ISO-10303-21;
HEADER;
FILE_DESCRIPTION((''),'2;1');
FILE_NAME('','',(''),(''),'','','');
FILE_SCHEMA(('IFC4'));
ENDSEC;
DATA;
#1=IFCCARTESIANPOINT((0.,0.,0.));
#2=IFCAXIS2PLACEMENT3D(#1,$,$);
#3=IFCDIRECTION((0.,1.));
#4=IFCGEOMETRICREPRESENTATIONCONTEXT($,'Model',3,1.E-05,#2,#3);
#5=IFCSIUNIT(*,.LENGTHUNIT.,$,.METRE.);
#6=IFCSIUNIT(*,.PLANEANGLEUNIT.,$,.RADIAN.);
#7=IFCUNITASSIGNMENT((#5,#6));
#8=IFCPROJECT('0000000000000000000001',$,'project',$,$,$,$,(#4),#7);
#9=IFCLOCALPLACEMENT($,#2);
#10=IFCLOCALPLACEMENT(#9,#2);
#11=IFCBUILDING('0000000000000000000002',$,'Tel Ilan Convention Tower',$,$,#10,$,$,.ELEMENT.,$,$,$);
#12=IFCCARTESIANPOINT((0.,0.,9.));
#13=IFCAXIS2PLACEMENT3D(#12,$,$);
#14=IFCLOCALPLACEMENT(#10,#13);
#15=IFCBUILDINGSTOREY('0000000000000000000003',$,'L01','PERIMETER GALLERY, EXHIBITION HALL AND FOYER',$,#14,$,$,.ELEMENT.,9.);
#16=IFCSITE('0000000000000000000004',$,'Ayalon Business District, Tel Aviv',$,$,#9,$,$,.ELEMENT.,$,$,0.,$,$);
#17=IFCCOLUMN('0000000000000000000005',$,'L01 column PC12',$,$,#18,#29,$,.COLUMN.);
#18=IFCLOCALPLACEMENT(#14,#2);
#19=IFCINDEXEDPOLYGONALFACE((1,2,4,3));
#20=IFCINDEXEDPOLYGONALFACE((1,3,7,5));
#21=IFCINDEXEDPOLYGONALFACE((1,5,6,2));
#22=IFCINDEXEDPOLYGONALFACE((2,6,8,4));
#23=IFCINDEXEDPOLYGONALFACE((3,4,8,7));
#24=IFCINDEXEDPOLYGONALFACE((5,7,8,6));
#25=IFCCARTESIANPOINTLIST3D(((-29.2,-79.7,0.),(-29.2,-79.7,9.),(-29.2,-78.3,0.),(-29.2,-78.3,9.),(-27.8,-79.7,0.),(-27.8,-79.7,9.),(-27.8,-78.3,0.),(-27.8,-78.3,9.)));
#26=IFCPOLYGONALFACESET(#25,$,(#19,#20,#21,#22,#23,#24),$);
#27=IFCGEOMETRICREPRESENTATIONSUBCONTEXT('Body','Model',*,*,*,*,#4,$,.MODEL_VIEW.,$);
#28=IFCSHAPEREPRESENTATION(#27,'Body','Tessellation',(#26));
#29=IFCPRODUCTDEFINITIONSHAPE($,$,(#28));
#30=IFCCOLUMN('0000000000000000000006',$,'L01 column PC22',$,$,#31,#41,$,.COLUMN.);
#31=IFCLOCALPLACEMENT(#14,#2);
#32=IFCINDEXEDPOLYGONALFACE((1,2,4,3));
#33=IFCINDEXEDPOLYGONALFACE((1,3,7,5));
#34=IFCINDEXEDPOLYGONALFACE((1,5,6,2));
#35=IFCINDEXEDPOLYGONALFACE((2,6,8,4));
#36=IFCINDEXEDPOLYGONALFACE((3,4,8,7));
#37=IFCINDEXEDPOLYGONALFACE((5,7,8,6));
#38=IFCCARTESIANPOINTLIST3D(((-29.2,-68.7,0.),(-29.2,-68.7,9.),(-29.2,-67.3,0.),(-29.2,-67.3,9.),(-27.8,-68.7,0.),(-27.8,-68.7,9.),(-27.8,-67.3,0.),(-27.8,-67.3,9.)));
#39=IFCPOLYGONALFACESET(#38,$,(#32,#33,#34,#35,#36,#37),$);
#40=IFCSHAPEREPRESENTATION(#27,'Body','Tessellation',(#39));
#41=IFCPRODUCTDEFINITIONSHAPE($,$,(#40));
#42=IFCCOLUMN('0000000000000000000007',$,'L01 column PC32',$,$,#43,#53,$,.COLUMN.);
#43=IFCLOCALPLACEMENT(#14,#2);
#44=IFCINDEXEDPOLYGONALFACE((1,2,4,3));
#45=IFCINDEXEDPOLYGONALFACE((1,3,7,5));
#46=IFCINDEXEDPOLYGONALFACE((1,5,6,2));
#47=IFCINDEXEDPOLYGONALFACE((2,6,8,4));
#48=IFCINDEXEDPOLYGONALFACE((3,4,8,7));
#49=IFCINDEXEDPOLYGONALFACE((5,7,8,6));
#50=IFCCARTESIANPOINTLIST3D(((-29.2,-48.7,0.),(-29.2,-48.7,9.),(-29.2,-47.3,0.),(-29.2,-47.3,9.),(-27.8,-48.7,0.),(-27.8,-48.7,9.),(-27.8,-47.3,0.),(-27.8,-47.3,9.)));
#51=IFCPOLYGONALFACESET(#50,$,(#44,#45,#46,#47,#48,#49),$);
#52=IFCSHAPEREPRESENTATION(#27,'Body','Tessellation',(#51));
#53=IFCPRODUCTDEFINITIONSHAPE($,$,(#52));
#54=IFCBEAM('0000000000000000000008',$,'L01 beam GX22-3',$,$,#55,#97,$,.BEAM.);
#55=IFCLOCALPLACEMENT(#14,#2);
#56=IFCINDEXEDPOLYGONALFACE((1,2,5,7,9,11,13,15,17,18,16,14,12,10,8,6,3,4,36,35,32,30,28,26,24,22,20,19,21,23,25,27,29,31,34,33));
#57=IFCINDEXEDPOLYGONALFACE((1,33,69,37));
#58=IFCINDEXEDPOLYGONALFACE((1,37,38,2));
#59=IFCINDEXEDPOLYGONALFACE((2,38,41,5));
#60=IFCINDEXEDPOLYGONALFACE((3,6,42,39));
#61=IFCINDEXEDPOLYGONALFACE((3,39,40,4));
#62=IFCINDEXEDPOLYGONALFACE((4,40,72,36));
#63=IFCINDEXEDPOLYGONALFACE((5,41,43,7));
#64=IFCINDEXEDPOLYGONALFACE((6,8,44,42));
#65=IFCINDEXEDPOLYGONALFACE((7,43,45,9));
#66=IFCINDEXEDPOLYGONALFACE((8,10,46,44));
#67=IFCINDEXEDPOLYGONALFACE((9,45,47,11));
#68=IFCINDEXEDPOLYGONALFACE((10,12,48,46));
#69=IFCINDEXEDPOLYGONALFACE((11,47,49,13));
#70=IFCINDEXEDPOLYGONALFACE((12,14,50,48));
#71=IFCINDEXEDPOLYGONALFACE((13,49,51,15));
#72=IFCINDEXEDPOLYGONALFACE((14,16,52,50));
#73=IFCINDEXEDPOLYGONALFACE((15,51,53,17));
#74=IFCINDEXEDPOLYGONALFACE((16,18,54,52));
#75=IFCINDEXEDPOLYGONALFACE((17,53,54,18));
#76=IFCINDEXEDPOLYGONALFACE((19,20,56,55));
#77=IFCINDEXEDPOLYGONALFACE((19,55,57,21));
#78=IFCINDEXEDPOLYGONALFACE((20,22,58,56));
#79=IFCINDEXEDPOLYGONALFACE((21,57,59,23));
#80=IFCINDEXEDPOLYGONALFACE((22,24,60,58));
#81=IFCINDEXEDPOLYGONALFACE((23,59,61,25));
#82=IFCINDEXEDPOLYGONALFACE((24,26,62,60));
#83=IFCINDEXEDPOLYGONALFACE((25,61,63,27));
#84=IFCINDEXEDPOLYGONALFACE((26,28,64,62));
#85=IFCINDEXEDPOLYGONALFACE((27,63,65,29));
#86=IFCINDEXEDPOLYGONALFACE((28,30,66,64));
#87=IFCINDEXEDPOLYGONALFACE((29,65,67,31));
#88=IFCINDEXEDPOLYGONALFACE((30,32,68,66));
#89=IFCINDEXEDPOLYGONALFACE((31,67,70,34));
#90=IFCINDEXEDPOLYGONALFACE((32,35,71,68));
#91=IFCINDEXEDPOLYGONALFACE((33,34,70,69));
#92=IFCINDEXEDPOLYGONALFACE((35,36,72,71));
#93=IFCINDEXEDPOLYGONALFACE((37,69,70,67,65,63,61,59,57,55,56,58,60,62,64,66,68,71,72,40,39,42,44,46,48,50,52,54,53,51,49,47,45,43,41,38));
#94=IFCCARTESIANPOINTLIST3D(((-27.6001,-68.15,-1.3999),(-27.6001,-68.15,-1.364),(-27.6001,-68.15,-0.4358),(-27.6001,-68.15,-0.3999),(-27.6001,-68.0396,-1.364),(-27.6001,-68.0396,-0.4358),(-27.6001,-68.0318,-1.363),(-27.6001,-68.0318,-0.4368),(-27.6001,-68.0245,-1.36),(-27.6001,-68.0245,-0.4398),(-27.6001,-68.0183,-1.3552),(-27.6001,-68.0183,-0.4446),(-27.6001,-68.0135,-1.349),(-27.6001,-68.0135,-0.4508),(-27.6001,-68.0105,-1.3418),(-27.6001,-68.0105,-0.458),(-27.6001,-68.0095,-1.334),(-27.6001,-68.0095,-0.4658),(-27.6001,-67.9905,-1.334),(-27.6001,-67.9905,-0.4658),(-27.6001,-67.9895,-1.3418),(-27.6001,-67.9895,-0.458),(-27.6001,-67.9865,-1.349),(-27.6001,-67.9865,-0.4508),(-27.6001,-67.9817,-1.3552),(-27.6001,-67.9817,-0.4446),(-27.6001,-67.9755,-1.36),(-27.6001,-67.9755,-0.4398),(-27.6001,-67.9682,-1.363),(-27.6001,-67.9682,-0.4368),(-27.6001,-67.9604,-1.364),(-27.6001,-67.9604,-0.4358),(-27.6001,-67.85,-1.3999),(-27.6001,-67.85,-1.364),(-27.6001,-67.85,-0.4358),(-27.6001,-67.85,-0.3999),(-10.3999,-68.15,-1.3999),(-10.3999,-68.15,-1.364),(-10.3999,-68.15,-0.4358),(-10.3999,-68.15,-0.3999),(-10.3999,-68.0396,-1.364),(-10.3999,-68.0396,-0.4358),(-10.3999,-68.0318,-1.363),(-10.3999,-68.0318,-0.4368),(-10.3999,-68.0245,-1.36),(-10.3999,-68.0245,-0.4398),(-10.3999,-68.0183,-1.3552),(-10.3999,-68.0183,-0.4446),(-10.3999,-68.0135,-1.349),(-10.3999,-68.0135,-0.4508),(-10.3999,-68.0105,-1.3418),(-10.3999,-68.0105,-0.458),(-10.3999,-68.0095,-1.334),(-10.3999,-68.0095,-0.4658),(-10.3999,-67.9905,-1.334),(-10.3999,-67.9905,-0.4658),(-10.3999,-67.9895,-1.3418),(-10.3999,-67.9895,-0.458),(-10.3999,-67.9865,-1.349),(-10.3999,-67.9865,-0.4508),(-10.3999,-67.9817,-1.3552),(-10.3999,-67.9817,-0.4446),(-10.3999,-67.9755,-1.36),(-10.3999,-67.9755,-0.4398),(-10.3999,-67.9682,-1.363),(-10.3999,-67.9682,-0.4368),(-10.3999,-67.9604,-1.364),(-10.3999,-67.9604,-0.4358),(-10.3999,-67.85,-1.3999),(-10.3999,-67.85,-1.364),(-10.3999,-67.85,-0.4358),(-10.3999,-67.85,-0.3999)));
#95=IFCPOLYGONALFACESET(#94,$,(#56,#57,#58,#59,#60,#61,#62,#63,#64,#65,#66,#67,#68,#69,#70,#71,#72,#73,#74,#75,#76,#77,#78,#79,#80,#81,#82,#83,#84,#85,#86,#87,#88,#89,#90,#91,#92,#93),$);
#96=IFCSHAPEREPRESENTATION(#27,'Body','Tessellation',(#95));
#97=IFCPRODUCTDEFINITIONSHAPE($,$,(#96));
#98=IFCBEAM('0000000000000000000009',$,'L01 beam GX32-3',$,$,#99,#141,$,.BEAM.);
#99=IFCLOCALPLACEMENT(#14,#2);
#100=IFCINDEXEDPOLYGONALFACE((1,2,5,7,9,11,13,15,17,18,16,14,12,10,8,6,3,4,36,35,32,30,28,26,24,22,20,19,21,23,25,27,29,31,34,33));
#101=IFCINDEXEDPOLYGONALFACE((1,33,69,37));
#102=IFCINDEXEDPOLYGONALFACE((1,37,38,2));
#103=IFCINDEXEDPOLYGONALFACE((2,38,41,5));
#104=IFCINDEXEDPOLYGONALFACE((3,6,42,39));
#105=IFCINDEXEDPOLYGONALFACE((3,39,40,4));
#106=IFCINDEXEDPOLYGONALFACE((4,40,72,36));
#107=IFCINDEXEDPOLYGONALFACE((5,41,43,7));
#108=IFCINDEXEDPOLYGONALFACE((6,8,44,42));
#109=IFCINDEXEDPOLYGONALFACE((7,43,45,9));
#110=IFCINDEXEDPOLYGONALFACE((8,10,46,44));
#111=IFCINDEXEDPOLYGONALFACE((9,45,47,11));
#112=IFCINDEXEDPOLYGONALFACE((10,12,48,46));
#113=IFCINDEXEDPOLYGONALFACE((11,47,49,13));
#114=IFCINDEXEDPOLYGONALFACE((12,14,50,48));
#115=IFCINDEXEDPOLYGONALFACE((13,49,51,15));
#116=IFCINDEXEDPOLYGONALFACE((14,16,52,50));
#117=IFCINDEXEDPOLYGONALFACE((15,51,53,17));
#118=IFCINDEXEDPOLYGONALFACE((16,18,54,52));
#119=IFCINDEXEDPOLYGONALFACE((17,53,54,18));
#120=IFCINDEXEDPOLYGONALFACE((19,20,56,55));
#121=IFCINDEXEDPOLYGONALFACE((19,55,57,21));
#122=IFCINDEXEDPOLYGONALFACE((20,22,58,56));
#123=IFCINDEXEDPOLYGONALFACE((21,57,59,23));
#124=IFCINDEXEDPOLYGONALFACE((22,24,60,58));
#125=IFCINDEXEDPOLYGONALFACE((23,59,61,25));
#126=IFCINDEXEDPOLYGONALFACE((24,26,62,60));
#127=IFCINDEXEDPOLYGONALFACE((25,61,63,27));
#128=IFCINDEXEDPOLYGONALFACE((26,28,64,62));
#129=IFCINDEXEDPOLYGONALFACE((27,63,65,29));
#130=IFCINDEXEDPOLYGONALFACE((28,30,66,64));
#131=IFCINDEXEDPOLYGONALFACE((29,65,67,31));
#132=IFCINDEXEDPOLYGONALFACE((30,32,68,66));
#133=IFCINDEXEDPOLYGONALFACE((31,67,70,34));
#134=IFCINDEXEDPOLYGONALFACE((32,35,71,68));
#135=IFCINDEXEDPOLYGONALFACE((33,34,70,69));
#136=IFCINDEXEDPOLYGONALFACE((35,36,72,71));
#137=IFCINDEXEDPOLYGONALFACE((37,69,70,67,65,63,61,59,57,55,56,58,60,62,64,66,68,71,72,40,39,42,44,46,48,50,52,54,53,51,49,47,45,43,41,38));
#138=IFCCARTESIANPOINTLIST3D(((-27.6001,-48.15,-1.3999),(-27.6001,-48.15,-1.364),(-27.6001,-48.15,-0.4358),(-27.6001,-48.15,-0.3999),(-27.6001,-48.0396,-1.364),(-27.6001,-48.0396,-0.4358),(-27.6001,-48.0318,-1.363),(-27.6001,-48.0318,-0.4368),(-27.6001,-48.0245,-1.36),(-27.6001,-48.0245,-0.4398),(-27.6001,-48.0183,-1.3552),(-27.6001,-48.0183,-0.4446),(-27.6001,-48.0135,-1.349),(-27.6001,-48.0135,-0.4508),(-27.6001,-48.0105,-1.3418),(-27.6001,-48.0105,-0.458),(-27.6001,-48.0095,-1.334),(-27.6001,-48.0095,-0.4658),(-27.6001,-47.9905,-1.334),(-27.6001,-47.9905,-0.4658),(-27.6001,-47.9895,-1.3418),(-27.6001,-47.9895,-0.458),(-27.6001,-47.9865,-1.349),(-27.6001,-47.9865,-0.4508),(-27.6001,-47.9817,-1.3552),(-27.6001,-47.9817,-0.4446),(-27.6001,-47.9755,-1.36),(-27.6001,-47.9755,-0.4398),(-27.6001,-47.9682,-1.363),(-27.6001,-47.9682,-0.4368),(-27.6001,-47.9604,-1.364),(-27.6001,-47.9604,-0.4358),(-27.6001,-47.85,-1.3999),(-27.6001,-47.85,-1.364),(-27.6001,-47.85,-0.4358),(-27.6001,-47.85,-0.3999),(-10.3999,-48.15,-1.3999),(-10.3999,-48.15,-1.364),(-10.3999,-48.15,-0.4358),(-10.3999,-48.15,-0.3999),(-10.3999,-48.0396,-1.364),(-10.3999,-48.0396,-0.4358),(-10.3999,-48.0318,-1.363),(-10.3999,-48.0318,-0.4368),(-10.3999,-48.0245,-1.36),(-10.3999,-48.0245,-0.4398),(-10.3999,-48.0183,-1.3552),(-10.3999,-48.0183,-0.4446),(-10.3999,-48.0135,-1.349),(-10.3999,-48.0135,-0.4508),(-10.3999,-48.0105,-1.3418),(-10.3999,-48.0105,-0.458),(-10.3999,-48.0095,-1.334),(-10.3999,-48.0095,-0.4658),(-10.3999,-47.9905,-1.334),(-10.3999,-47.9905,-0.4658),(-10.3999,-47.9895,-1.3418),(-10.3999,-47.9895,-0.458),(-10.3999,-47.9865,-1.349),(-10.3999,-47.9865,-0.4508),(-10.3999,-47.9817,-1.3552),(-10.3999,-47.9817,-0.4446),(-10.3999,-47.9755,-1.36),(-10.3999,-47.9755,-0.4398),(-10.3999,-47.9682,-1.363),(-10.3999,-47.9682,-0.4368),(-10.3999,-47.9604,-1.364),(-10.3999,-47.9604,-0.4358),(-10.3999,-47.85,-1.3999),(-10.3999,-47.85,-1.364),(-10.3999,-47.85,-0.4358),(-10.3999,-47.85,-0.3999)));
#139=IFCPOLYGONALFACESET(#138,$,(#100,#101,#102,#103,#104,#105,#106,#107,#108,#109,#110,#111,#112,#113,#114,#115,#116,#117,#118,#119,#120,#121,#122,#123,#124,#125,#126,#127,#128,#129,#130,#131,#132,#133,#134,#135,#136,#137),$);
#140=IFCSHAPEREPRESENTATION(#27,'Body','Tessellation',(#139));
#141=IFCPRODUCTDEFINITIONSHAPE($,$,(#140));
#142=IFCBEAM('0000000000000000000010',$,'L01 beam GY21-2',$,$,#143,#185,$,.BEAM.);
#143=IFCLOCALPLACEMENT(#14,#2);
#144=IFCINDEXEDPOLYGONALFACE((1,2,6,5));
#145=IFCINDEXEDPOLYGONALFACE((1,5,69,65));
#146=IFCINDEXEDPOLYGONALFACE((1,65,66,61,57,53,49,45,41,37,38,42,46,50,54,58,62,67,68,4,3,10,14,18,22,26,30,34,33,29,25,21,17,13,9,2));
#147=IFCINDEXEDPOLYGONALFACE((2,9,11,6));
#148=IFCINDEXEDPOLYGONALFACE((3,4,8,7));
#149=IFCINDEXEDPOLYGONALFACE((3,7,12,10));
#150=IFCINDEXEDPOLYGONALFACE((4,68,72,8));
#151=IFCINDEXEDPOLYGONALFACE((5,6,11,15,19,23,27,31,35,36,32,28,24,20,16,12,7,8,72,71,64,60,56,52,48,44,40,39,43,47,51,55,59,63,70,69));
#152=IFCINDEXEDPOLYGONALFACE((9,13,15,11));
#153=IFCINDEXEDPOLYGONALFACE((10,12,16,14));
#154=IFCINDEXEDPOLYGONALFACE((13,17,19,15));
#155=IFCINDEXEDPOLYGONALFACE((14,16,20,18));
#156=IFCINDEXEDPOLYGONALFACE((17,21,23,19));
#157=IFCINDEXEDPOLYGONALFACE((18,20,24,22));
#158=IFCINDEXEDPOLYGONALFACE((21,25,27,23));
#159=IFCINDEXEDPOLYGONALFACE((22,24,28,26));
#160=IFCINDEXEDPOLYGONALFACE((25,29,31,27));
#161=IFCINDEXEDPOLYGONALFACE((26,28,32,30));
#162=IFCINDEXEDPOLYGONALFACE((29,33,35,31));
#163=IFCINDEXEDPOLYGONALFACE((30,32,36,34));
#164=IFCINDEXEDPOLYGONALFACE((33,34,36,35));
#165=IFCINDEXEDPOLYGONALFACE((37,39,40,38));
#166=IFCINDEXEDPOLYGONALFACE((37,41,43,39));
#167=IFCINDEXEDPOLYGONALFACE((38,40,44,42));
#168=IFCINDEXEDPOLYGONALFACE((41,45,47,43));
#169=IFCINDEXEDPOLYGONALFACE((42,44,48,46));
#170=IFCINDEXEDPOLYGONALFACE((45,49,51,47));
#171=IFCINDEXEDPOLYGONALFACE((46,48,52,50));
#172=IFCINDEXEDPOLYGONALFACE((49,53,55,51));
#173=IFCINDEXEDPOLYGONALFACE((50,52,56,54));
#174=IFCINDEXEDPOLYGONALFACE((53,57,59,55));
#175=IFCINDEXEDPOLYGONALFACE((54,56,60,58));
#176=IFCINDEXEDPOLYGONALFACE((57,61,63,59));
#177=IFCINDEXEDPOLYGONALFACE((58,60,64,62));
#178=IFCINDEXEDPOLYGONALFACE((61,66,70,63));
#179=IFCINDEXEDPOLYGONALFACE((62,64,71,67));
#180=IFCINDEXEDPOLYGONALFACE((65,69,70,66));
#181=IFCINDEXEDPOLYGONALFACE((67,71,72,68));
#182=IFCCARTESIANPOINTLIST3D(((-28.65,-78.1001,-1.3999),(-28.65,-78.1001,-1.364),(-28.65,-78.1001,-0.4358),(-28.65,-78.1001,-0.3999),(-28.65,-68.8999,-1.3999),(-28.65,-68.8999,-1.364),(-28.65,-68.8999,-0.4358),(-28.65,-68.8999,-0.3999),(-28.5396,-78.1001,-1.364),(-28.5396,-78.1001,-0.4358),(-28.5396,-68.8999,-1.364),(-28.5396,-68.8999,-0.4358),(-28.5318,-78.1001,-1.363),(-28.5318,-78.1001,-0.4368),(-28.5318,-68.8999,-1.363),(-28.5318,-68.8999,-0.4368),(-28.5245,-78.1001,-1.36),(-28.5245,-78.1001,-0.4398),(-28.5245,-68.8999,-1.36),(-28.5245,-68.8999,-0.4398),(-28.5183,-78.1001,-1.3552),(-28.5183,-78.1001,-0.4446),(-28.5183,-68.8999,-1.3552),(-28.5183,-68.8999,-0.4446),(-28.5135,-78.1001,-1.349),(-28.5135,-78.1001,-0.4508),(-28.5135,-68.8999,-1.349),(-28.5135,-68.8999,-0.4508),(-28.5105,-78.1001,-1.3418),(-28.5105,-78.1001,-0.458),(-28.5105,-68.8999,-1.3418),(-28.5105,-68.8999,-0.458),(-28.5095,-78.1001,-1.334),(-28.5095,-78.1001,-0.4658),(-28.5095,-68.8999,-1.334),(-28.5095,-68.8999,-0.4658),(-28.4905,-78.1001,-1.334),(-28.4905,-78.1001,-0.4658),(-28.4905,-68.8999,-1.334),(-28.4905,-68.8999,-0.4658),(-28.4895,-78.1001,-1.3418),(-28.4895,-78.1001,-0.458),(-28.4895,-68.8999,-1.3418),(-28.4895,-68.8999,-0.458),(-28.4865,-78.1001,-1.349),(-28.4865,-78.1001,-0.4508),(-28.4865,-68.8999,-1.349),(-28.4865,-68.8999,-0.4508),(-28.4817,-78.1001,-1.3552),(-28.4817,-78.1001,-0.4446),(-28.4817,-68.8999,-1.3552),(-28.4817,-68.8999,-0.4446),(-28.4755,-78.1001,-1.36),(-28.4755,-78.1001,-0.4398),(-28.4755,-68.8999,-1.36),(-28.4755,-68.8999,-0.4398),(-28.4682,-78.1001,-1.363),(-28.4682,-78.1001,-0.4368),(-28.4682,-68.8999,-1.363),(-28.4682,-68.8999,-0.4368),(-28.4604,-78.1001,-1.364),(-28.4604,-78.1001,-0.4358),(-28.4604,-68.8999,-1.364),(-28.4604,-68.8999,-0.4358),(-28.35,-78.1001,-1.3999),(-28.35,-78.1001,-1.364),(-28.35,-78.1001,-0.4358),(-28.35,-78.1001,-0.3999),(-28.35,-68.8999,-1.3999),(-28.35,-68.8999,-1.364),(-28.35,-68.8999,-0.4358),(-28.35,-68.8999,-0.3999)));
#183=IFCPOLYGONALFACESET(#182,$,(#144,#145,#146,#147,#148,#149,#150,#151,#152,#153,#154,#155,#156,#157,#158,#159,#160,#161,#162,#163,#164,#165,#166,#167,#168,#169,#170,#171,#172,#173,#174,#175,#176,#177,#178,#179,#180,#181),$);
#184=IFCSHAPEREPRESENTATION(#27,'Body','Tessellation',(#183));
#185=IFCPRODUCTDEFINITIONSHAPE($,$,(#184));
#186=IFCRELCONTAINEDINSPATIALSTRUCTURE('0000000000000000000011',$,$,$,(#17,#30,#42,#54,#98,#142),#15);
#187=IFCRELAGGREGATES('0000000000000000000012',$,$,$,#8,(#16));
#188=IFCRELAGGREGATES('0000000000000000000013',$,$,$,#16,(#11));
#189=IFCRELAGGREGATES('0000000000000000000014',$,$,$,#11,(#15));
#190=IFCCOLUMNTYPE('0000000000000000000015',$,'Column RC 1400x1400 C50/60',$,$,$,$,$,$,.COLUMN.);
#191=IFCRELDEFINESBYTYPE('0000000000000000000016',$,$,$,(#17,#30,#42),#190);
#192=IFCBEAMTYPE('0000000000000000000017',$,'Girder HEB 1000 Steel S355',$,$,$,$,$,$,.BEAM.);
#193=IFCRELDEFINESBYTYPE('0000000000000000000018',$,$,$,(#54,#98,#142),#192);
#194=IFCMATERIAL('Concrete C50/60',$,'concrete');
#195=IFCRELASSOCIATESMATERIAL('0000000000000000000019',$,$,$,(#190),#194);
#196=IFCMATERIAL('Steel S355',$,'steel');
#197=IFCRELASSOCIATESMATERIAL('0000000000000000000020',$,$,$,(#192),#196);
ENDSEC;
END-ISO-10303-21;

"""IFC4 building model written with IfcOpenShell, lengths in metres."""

from ifc_helpers import new_model, si_unit, direction, frame, origin, origin_2d, place, context, subcontext, project, spatial, rectangle, i_section, extrude, material, material_profile, profile_set, type_object, element, save


model = new_model("IFC4")

# Units and contexts
model_context = context("Model", 3, precision=1e-05, world=origin(), true_north=direction((0.0, 1.0)))
body_context = subcontext(model_context, "Body", "Model", "MODEL_VIEW")
ifc_project = project(units=[si_unit("LENGTHUNIT", "METRE"), si_unit("PLANEANGLEUNIT", "RADIAN")], contexts=[model_context])

# Site, building, storey
site_placement = place(None, origin())
site = spatial("IfcSite", under=ifc_project, at=site_placement, Name="Ayalon Business District, Tel Aviv", CompositionType="ELEMENT", RefElevation=0.0)
building_placement = place(site_placement, origin())
building = spatial("IfcBuilding", under=site, at=building_placement, Name="Tel Ilan Convention Tower", CompositionType="ELEMENT")
storey_placement = place(building_placement, frame((0.0, 0.0, 9.0)))
storey = spatial("IfcBuildingStorey", under=building, at=storey_placement, Name="L01", Description="PERIMETER GALLERY, EXHIBITION HALL AND FOYER", CompositionType="ELEMENT", Elevation=9.0)

# Columns
ifc_material_1 = material(Name="Concrete C50/60", Category="concrete")
ifc_material_profile_1 = material_profile(ifc_material_1, rectangle(XDim=1.3999, YDim=1.3999, at=origin_2d()), Name="RC 1400x1400")
ifc_profile_set_1 = profile_set([ifc_material_profile_1], Name="Concrete C50/60")
column_type = type_object("IfcColumnType", Name="Column RC 1400x1400 C50/60", PredefinedType="COLUMN", material=ifc_profile_set_1)
for number, where, z_axis, x_axis, name in (
    (1, (-28.5, -79.0, 0.0), (0.0, 0.0, 1.0), (1.0, 0.0, 0.0), "L01 column PC12"),
    (2, (-28.5, -68.0, 0.0), (0.0, 0.0, 1.0), (1.0, 0.0, 0.0), "L01 column PC22"),
    (3, (-28.5, -48.0, 0.0), (0.0, 0.0, 1.0), (1.0, 0.0, 0.0), "L01 column PC32"),
):
    element("IfcColumn", number, at=place(storey_placement, frame(where, z_axis=z_axis, x_axis=x_axis)), inside=storey, type_object=column_type, Name=name, PredefinedType="COLUMN", context=body_context, shape_type="SweptSolid", body=[
        extrude(rectangle(XDim=1.3999, YDim=1.3999, at=origin_2d()), origin(), (0.0, 0.0, 1.0), 9.0),
    ])

# Beams
ifc_material_2 = material(Name="Steel S355", Category="steel")
ifc_material_profile_2 = material_profile(ifc_material_2, i_section(OverallWidth=0.3, OverallDepth=1.0, WebThickness=0.019, FlangeThickness=0.0359, FilletRadius=0.03, at=origin_2d()), Name="HEB 1000")
ifc_profile_set_2 = profile_set([ifc_material_profile_2], Name="Steel S355")
beam_type_1 = type_object("IfcBeamType", Name="Girder HEB 1000 Steel S355", PredefinedType="BEAM", material=ifc_profile_set_2)
for number, where, z_axis, x_axis, name in (
    (4, (-27.6001, -68.0, -0.8999), (1.0, 0.0, 0.0), (0.0, 1.0, 0.0), "L01 beam GX22-3"),
    (5, (-27.6001, -48.0, -0.8999), (1.0, 0.0, 0.0), (0.0, 1.0, 0.0), "L01 beam GX32-3"),
):
    element("IfcBeam", number, at=place(storey_placement, frame(where, z_axis=z_axis, x_axis=x_axis)), inside=storey, type_object=beam_type_1, Name=name, PredefinedType="BEAM", context=body_context, shape_type="SweptSolid", body=[
        extrude(i_section(OverallWidth=0.3, OverallDepth=1.0, WebThickness=0.019, FlangeThickness=0.0359, FilletRadius=0.03, at=origin_2d()), origin(), (0.0, 0.0, 1.0), 17.2002),
    ])
beam_1_placement = place(storey_placement, frame((-28.5, -78.1001, -0.8999), z_axis=(0.0, 1.0, 0.0), x_axis=(-1.0, 0.0, 0.0)))
element("IfcBeam", 6, at=beam_1_placement, inside=storey, type_object=beam_type_1, Name="L01 beam GY21-2", PredefinedType="BEAM", context=body_context, shape_type="SweptSolid", body=[
    extrude(i_section(OverallWidth=0.3, OverallDepth=1.0, WebThickness=0.019, FlangeThickness=0.0359, FilletRadius=0.03, at=origin_2d()), origin(), (0.0, 0.0, 1.0), 9.2002),
])

save(model, "model.ifc")
